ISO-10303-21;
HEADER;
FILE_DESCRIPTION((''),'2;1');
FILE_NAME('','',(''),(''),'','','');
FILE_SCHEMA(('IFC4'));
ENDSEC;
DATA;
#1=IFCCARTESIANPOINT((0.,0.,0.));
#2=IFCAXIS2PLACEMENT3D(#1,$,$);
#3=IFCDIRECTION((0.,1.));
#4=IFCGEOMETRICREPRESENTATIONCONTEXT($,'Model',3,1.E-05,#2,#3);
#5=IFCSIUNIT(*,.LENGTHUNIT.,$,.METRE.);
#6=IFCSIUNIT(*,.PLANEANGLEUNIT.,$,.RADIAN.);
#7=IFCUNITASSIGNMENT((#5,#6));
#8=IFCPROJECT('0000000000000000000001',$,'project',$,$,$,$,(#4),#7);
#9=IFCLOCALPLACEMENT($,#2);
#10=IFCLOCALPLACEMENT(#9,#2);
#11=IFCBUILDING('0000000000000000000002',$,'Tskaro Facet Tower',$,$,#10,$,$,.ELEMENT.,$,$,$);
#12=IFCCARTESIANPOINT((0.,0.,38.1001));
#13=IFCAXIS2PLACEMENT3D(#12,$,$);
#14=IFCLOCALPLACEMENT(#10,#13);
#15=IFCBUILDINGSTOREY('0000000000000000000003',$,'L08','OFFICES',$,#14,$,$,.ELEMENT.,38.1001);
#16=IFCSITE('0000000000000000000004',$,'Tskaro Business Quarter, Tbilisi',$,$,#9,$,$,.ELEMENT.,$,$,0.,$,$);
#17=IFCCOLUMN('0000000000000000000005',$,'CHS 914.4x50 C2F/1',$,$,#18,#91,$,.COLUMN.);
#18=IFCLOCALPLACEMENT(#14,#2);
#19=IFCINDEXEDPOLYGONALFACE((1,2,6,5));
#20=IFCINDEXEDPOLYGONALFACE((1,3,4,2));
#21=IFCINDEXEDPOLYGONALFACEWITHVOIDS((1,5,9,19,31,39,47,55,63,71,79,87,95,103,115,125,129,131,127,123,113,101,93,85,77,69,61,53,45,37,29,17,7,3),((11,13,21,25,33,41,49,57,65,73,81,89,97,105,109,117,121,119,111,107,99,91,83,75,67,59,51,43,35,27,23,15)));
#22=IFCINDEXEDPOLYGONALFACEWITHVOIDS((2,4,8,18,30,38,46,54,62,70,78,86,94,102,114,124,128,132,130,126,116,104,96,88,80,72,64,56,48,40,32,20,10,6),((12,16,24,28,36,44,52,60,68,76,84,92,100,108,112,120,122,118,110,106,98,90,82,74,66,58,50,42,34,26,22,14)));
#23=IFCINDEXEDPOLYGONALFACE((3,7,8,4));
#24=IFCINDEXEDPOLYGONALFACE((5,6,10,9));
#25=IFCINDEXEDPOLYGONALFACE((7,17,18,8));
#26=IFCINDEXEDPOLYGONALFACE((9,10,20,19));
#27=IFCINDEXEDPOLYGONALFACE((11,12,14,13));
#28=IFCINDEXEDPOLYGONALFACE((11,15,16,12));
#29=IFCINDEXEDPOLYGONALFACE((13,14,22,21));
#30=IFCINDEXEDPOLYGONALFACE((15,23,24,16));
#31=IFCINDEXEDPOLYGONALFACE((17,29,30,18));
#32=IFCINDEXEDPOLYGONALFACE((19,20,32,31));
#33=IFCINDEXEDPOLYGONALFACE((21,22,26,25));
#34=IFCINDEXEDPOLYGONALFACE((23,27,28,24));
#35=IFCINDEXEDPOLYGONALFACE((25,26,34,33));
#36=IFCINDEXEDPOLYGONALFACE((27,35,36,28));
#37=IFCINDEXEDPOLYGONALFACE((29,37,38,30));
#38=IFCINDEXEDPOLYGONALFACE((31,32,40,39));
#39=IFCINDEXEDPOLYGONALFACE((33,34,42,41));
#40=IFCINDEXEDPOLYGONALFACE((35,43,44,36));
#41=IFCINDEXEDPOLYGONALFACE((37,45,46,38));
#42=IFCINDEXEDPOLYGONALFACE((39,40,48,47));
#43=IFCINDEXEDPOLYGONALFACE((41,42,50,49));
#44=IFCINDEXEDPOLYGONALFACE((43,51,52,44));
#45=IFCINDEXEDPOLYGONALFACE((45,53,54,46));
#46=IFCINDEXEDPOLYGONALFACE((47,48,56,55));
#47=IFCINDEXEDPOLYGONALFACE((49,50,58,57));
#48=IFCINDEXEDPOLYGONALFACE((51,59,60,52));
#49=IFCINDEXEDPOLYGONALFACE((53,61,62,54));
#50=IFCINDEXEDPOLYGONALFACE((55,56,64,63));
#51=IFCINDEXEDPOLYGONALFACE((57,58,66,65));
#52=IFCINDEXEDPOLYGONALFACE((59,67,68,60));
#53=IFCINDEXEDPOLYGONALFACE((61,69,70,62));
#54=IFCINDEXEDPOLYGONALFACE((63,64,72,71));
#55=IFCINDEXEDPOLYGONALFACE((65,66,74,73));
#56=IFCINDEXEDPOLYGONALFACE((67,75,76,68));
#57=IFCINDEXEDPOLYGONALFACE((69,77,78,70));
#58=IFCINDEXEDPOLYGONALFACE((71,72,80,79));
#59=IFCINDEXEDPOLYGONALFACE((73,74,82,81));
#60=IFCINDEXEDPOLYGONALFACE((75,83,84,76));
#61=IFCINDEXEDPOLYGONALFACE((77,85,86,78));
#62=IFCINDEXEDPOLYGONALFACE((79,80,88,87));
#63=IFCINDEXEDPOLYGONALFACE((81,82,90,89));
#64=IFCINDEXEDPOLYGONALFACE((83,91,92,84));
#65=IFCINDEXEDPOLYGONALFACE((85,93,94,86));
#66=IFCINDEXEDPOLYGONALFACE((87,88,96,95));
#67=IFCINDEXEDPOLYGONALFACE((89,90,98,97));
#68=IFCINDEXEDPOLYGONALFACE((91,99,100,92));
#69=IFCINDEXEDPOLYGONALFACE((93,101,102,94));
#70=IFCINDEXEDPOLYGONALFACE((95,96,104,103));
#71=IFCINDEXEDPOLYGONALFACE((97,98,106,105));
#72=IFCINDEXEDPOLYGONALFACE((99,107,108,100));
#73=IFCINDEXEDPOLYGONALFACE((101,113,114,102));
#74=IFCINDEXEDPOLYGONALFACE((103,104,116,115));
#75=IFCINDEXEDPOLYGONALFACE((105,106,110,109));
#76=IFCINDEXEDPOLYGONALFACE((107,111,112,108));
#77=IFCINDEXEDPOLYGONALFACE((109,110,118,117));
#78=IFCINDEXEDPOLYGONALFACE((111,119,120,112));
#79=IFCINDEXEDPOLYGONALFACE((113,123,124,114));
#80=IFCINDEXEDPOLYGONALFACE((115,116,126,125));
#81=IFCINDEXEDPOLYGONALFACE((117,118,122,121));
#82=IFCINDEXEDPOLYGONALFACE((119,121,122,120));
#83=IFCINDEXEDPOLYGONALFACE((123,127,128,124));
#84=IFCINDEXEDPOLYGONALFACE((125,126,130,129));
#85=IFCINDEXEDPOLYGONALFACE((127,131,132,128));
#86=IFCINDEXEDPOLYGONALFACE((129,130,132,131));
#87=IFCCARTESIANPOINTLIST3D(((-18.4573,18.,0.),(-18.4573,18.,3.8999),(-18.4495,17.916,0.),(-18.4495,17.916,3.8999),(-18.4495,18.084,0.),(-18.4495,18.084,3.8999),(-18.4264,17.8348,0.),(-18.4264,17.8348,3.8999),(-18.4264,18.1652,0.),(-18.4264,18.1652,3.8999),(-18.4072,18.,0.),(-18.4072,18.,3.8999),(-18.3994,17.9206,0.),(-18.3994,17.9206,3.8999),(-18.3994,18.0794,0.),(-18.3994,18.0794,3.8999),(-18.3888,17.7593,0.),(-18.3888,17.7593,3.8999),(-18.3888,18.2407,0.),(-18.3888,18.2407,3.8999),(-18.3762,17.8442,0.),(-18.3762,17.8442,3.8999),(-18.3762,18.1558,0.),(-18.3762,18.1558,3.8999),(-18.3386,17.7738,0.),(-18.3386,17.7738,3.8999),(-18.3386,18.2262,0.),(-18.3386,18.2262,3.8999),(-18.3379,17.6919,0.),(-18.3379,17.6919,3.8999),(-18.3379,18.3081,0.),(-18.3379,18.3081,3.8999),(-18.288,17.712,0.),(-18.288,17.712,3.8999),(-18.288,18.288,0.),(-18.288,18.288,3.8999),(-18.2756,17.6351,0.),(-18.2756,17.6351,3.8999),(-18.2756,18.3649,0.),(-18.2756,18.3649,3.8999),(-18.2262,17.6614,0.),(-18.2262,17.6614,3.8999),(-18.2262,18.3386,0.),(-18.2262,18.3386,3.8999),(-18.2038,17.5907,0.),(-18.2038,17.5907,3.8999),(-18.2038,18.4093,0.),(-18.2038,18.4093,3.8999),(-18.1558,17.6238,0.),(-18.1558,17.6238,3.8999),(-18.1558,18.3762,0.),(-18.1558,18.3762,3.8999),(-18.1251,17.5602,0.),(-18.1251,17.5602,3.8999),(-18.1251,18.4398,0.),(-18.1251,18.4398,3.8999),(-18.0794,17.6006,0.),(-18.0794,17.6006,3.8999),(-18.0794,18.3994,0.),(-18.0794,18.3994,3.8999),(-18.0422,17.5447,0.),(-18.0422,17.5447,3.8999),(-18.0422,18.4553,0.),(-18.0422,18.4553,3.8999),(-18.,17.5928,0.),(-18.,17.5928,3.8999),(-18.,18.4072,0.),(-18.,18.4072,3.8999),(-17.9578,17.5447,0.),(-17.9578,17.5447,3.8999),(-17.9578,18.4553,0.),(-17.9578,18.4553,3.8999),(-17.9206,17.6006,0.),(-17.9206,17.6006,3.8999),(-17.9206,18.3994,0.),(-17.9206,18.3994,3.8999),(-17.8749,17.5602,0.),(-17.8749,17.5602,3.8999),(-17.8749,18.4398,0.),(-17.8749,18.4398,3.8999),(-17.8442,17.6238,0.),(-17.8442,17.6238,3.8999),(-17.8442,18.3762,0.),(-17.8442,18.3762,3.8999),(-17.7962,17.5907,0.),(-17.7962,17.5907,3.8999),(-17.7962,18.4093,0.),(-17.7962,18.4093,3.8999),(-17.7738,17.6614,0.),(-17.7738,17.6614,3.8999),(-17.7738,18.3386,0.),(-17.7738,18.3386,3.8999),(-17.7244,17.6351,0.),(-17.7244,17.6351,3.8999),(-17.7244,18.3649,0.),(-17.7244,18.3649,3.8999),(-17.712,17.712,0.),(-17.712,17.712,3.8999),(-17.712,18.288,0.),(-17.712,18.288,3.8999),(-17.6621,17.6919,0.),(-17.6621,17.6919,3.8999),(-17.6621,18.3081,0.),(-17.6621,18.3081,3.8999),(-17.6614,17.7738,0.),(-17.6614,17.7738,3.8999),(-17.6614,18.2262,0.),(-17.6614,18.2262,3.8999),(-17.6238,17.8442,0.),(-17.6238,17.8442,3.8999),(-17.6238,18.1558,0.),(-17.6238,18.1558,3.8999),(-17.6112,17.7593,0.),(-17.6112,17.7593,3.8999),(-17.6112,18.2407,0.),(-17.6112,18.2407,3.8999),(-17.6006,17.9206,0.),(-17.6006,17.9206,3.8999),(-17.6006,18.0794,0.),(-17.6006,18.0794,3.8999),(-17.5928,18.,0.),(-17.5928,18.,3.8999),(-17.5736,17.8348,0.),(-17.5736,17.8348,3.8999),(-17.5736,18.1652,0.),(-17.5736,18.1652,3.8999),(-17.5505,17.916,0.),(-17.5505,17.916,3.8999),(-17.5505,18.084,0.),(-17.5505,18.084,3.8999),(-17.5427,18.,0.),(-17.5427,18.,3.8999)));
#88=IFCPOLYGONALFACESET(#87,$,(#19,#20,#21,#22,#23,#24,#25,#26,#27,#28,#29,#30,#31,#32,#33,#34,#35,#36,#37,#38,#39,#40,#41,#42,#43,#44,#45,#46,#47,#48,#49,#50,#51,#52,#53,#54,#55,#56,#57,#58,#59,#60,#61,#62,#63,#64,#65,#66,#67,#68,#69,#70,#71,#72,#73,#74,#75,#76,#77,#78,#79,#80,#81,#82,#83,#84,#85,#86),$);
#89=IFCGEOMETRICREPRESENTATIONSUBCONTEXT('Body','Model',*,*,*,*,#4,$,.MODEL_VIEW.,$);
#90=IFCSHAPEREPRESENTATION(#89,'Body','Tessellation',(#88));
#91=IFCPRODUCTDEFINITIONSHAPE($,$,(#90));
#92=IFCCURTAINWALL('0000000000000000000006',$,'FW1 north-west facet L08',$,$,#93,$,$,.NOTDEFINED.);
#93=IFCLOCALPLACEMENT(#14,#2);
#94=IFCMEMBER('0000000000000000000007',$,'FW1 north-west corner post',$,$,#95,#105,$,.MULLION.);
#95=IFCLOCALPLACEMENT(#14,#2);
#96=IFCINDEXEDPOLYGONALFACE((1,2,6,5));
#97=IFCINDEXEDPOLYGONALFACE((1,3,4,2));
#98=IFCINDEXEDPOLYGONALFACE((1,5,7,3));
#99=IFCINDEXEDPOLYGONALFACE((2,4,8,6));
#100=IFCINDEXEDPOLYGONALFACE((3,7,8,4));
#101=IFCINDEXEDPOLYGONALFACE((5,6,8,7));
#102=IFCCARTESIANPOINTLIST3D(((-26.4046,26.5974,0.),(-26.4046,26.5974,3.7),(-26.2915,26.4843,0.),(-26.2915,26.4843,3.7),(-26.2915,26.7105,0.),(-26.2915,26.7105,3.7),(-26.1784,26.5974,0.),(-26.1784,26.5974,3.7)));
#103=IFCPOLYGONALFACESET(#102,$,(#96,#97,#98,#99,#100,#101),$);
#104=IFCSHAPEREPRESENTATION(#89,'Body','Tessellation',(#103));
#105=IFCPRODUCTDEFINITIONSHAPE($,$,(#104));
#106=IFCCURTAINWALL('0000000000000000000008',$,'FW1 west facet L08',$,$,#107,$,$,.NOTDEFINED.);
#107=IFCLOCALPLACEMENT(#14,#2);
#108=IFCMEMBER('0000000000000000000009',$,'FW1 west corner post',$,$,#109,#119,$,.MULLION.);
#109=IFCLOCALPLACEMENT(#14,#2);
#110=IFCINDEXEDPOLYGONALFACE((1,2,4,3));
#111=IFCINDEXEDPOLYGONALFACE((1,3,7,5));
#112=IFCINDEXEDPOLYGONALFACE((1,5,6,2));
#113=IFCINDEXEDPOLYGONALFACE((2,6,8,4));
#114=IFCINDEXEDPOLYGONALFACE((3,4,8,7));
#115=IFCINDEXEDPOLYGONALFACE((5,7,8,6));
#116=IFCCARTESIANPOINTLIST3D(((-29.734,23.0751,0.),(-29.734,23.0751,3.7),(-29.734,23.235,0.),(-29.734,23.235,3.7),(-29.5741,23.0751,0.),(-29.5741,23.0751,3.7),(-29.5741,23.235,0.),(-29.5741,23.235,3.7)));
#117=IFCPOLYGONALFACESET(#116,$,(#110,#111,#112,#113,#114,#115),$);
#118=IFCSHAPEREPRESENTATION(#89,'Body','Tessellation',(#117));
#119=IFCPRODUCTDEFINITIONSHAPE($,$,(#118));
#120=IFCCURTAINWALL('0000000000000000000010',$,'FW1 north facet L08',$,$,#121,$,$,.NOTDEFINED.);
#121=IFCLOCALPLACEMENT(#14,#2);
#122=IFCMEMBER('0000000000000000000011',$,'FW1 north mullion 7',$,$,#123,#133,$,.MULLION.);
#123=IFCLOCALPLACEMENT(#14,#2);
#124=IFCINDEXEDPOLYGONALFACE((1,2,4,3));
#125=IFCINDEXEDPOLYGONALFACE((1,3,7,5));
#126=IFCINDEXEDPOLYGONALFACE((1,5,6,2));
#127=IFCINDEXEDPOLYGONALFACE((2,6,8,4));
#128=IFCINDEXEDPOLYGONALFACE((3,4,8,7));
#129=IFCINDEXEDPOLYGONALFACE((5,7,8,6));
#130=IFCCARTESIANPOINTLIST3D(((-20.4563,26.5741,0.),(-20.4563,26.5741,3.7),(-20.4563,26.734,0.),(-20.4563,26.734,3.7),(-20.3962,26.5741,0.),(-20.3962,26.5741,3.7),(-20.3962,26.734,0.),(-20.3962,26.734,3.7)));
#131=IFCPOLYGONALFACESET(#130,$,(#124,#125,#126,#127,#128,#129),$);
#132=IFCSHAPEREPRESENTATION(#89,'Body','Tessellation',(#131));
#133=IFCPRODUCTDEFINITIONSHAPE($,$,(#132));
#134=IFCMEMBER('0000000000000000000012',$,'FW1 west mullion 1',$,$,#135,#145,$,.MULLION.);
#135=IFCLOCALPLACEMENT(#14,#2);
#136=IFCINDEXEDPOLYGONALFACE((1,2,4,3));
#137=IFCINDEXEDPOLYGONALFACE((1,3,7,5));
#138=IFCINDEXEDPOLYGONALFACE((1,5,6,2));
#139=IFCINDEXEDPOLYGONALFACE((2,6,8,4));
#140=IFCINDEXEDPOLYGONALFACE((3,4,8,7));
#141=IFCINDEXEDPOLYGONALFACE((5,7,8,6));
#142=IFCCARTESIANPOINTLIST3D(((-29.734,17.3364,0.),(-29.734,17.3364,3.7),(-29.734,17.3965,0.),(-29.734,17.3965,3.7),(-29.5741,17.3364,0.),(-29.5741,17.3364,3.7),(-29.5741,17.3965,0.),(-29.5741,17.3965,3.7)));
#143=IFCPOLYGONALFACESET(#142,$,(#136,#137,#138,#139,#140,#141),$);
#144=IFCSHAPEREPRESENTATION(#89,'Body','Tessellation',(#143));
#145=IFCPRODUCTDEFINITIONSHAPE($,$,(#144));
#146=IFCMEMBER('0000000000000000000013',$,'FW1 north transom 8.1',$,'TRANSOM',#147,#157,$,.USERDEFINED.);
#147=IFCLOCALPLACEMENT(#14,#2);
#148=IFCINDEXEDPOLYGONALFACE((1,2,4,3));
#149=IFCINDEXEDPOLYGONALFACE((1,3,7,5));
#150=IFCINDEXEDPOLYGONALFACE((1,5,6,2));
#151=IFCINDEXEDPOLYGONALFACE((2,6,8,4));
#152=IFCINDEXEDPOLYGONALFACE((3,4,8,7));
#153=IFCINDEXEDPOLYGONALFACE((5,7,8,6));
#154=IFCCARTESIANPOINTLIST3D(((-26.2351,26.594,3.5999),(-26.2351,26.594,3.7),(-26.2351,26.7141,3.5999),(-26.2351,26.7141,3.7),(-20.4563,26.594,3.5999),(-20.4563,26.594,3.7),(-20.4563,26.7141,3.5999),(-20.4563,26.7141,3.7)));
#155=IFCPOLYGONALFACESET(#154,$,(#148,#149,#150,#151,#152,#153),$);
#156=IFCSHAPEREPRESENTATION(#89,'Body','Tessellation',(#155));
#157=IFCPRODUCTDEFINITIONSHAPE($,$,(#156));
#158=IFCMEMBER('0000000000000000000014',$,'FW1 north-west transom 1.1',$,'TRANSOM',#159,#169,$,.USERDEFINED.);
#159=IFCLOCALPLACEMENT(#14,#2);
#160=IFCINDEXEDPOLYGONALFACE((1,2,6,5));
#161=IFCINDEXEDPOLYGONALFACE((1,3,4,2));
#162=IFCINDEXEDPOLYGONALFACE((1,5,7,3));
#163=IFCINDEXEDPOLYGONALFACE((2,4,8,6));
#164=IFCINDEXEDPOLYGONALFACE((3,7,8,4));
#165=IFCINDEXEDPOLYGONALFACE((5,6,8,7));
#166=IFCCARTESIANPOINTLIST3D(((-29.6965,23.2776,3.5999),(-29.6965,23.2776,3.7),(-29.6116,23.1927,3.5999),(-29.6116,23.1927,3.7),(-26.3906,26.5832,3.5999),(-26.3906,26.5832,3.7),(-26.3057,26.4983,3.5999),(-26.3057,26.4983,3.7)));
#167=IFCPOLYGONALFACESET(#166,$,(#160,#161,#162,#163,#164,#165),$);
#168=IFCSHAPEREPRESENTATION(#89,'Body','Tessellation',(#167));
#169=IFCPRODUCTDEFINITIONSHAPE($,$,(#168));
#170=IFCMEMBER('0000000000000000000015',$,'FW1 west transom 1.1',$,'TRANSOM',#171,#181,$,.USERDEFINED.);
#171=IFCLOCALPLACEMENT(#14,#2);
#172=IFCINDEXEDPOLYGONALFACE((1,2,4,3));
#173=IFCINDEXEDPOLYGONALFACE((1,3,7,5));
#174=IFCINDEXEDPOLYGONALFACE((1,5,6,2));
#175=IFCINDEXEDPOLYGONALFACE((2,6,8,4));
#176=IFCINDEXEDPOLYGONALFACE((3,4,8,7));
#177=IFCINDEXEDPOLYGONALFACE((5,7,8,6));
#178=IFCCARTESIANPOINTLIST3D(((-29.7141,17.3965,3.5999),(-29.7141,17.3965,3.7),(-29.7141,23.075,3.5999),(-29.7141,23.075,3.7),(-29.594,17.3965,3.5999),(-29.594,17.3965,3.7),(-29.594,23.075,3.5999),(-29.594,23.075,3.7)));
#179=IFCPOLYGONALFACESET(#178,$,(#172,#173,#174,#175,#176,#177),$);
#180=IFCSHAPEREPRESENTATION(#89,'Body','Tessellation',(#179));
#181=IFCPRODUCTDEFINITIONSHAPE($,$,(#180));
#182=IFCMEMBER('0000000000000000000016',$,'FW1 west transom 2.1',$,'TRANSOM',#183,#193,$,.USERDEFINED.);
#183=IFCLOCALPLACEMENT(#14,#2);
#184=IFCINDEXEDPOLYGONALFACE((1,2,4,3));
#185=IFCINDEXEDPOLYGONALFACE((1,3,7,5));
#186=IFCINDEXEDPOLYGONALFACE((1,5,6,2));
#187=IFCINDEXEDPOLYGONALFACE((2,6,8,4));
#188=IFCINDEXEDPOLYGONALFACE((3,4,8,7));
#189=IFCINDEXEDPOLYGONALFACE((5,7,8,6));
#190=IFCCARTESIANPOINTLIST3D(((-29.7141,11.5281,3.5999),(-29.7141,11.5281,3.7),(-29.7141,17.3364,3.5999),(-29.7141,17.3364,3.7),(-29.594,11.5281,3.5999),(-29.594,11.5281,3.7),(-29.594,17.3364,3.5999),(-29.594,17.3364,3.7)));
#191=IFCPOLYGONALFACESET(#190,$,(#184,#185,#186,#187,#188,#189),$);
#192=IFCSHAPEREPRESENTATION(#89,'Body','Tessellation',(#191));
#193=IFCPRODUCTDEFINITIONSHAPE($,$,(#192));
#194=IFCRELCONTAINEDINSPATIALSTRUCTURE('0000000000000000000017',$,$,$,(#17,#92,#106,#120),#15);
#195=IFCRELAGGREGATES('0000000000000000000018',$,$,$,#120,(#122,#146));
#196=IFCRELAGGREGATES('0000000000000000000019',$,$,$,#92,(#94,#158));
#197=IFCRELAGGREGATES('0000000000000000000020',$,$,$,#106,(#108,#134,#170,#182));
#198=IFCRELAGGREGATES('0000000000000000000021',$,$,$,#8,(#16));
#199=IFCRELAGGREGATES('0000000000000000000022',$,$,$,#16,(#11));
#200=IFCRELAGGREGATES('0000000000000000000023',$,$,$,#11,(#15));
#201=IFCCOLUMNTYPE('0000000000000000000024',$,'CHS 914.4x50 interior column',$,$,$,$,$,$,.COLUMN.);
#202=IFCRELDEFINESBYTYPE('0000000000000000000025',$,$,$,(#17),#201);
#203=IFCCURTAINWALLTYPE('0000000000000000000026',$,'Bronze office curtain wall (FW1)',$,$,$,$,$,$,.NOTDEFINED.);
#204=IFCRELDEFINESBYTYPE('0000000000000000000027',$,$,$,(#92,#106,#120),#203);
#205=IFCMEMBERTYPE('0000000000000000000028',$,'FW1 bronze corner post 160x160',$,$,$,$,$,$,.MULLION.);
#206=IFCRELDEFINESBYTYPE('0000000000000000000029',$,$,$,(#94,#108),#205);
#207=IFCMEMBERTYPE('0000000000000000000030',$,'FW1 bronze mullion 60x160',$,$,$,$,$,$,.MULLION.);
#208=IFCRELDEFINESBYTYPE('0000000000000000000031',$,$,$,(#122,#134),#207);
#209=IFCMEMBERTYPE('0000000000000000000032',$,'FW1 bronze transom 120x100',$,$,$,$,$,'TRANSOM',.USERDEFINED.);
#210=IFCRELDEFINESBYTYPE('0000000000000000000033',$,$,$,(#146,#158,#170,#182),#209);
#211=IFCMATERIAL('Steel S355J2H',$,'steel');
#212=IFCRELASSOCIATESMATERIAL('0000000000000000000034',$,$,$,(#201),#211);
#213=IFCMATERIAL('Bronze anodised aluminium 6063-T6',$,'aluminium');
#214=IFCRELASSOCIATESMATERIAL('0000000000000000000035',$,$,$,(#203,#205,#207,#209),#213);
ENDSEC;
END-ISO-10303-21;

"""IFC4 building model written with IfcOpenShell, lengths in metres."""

from ifc_helpers import new_model, si_unit, direction, frame, origin, origin_2d, place, context, subcontext, project, spatial, rectangle, hollow_circle, extrude, material, material_profile, profile_set, type_object, element, aggregate, save


model = new_model("IFC4")

# Units and contexts
model_context = context("Model", 3, precision=1e-05, world=origin(), true_north=direction((0.0, 1.0)))
body_context = subcontext(model_context, "Body", "Model", "MODEL_VIEW")
ifc_project = project(units=[si_unit("LENGTHUNIT", "METRE"), si_unit("PLANEANGLEUNIT", "RADIAN")], contexts=[model_context])

# Site, building, storey
site_placement = place(None, origin())
site = spatial("IfcSite", under=ifc_project, at=site_placement, Name="Tskaro Business Quarter, Tbilisi", CompositionType="ELEMENT", RefElevation=0.0)
building_placement = place(site_placement, origin())
building = spatial("IfcBuilding", under=site, at=building_placement, Name="Tskaro Facet Tower", CompositionType="ELEMENT")
storey_placement = place(building_placement, frame((0.0, 0.0, 38.1001)))
storey = spatial("IfcBuildingStorey", under=building, at=storey_placement, Name="L08", Description="OFFICES", CompositionType="ELEMENT", Elevation=38.1001)

# Column
ifc_material_1 = material(Name="Steel S355J2H", Category="steel")
ifc_material_profile_1 = material_profile(ifc_material_1, hollow_circle(Radius=0.4573, WallThickness=0.05, at=origin_2d()), Name="CHS 914.4x50")
ifc_profile_set_1 = profile_set([ifc_material_profile_1], Name="Steel S355J2H")
column_type_1 = type_object("IfcColumnType", Name="CHS 914.4x50 interior column", PredefinedType="COLUMN", material=ifc_profile_set_1)
column_placement = place(storey_placement, frame((-18.0, 18.0, 0.0), z_axis=(0.0, 0.0, 1.0), x_axis=(1.0, 0.0, 0.0)))
element("IfcColumn", 1, at=column_placement, inside=storey, type_object=column_type_1, Name="CHS 914.4x50 C2F/1", PredefinedType="COLUMN", context=body_context, shape_type="SweptSolid", body=[
    extrude(hollow_circle(Radius=0.4573, WallThickness=0.05, at=origin_2d()), origin(), (0.0, 0.0, 1.0), 3.8999),
])

# Curtain walls, members
ifc_material_2 = material(Name="Bronze anodised aluminium 6063-T6", Category="aluminium")
curtain_wall_type = type_object("IfcCurtainWallType", Name="Bronze office curtain wall (FW1)", PredefinedType="NOTDEFINED", material=ifc_material_2)
curtain_wall_1_placement = place(storey_placement, origin())
curtain_wall_1 = element("IfcCurtainWall", 2, at=curtain_wall_1_placement, inside=storey, type_object=curtain_wall_type, Name="FW1 north-west facet L08", PredefinedType="NOTDEFINED")
ifc_material_profile_2 = material_profile(ifc_material_2, rectangle(XDim=0.1599, YDim=0.1599, at=origin_2d()), Name="Corner post 160x160")
ifc_profile_set_2 = profile_set([ifc_material_profile_2], Name="Bronze anodised aluminium 6063-T6")
member_type_1 = type_object("IfcMemberType", Name="FW1 bronze corner post 160x160", PredefinedType="MULLION", material=ifc_profile_set_2)
member_1_placement = place(storey_placement, frame((-26.2915, 26.5974, 0.0), z_axis=(0.0, 0.0, 1.0), x_axis=(-0.707107, -0.707107, 0.0)))
member_1 = element("IfcMember", 3, at=member_1_placement, type_object=member_type_1, Name="FW1 north-west corner post", PredefinedType="MULLION", context=body_context, shape_type="SweptSolid", body=[
    extrude(rectangle(XDim=0.1599, YDim=0.1599, at=origin_2d()), origin(), (0.0, 0.0, 1.0), 3.7),
])
curtain_wall_2_placement = place(storey_placement, origin())
curtain_wall_2 = element("IfcCurtainWall", 4, at=curtain_wall_2_placement, inside=storey, type_object=curtain_wall_type, Name="FW1 west facet L08", PredefinedType="NOTDEFINED")
member_2_placement = place(storey_placement, frame((-29.6541, 23.155, 0.0), z_axis=(0.0, 0.0, 1.0), x_axis=(0.0, -1.0, 0.0)))
member_2 = element("IfcMember", 5, at=member_2_placement, type_object=member_type_1, Name="FW1 west corner post", PredefinedType="MULLION", context=body_context, shape_type="SweptSolid", body=[
    extrude(rectangle(XDim=0.1599, YDim=0.1599, at=origin_2d()), origin(), (0.0, 0.0, 1.0), 3.7),
])
curtain_wall_3_placement = place(storey_placement, origin())
curtain_wall_3 = element("IfcCurtainWall", 6, at=curtain_wall_3_placement, inside=storey, type_object=curtain_wall_type, Name="FW1 north facet L08", PredefinedType="NOTDEFINED")
ifc_material_profile_3 = material_profile(ifc_material_2, rectangle(XDim=0.0601, YDim=0.1599, at=origin_2d()), Name="Mullion 60x160")
ifc_profile_set_3 = profile_set([ifc_material_profile_3], Name="Bronze anodised aluminium 6063-T6")
member_type_2 = type_object("IfcMemberType", Name="FW1 bronze mullion 60x160", PredefinedType="MULLION", material=ifc_profile_set_3)
member_3_placement = place(storey_placement, frame((-20.4263, 26.6541, 0.0), z_axis=(0.0, 0.0, 1.0), x_axis=(-1.0, 0.0, 0.0)))
member_3 = element("IfcMember", 7, at=member_3_placement, type_object=member_type_2, Name="FW1 north mullion 7", PredefinedType="MULLION", context=body_context, shape_type="SweptSolid", body=[
    extrude(rectangle(XDim=0.0601, YDim=0.1599, at=origin_2d()), origin(), (0.0, 0.0, 1.0), 3.7),
])

# Members
member_4_placement = place(storey_placement, frame((-29.6541, 17.3665, 0.0), z_axis=(0.0, 0.0, 1.0), x_axis=(0.0, -1.0, 0.0)))
member_4 = element("IfcMember", 8, at=member_4_placement, type_object=member_type_2, Name="FW1 west mullion 1", PredefinedType="MULLION", context=body_context, shape_type="SweptSolid", body=[
    extrude(rectangle(XDim=0.0601, YDim=0.1599, at=origin_2d()), origin(), (0.0, 0.0, 1.0), 3.7),
])
ifc_material_profile_4 = material_profile(ifc_material_2, rectangle(XDim=0.1201, YDim=0.1001, at=origin_2d()), Name="Transom 120x100")
ifc_profile_set_4 = profile_set([ifc_material_profile_4], Name="Bronze anodised aluminium 6063-T6")
member_type_3 = type_object("IfcMemberType", Name="FW1 bronze transom 120x100", ElementType="TRANSOM", PredefinedType="USERDEFINED", material=ifc_profile_set_4)
member_5_placement = place(storey_placement, frame((-20.4563, 26.6541, 3.6499), z_axis=(-1.0, 0.0, 0.0), x_axis=(0.0, -1.0, 0.0)))
member_5 = element("IfcMember", 9, at=member_5_placement, type_object=member_type_3, Name="FW1 north transom 8.1", ObjectType="TRANSOM", PredefinedType="USERDEFINED", context=body_context, shape_type="SweptSolid", body=[
    extrude(rectangle(XDim=0.1201, YDim=0.1001, at=origin_2d()), origin(), (0.0, 0.0, 1.0), 5.7788),
])
member_6_placement = place(storey_placement, frame((-26.3481, 26.5408, 3.6499), z_axis=(-0.707133, -0.707081, 0.0), x_axis=(0.707081, -0.707133, 0.0)))
member_6 = element("IfcMember", 10, at=member_6_placement, type_object=member_type_3, Name="FW1 north-west transom 1.1", ObjectType="TRANSOM", PredefinedType="USERDEFINED", context=body_context, shape_type="SweptSolid", body=[
    extrude(rectangle(XDim=0.1201, YDim=0.1001, at=origin_2d()), origin(), (0.0, 0.0, 1.0), 4.675),
])
member_7_placement = place(storey_placement, frame((-29.6541, 23.075, 3.6499), z_axis=(0.0, -1.0, 0.0), x_axis=(1.0, 0.0, 0.0)))
member_7 = element("IfcMember", 11, at=member_7_placement, type_object=member_type_3, Name="FW1 west transom 1.1", ObjectType="TRANSOM", PredefinedType="USERDEFINED", context=body_context, shape_type="SweptSolid", body=[
    extrude(rectangle(XDim=0.1201, YDim=0.1001, at=origin_2d()), origin(), (0.0, 0.0, 1.0), 5.6785),
])
member_8_placement = place(storey_placement, frame((-29.6541, 17.3364, 3.6499), z_axis=(0.0, -1.0, 0.0), x_axis=(1.0, 0.0, 0.0)))
member_8 = element("IfcMember", 12, at=member_8_placement, type_object=member_type_3, Name="FW1 west transom 2.1", ObjectType="TRANSOM", PredefinedType="USERDEFINED", context=body_context, shape_type="SweptSolid", body=[
    extrude(rectangle(XDim=0.1201, YDim=0.1001, at=origin_2d()), origin(), (0.0, 0.0, 1.0), 5.8083),
])

aggregate(curtain_wall_3, [member_3, member_5])
aggregate(curtain_wall_1, [member_1, member_6])
aggregate(curtain_wall_2, [member_2, member_4, member_7, member_8])

save(model, "model.ifc")
